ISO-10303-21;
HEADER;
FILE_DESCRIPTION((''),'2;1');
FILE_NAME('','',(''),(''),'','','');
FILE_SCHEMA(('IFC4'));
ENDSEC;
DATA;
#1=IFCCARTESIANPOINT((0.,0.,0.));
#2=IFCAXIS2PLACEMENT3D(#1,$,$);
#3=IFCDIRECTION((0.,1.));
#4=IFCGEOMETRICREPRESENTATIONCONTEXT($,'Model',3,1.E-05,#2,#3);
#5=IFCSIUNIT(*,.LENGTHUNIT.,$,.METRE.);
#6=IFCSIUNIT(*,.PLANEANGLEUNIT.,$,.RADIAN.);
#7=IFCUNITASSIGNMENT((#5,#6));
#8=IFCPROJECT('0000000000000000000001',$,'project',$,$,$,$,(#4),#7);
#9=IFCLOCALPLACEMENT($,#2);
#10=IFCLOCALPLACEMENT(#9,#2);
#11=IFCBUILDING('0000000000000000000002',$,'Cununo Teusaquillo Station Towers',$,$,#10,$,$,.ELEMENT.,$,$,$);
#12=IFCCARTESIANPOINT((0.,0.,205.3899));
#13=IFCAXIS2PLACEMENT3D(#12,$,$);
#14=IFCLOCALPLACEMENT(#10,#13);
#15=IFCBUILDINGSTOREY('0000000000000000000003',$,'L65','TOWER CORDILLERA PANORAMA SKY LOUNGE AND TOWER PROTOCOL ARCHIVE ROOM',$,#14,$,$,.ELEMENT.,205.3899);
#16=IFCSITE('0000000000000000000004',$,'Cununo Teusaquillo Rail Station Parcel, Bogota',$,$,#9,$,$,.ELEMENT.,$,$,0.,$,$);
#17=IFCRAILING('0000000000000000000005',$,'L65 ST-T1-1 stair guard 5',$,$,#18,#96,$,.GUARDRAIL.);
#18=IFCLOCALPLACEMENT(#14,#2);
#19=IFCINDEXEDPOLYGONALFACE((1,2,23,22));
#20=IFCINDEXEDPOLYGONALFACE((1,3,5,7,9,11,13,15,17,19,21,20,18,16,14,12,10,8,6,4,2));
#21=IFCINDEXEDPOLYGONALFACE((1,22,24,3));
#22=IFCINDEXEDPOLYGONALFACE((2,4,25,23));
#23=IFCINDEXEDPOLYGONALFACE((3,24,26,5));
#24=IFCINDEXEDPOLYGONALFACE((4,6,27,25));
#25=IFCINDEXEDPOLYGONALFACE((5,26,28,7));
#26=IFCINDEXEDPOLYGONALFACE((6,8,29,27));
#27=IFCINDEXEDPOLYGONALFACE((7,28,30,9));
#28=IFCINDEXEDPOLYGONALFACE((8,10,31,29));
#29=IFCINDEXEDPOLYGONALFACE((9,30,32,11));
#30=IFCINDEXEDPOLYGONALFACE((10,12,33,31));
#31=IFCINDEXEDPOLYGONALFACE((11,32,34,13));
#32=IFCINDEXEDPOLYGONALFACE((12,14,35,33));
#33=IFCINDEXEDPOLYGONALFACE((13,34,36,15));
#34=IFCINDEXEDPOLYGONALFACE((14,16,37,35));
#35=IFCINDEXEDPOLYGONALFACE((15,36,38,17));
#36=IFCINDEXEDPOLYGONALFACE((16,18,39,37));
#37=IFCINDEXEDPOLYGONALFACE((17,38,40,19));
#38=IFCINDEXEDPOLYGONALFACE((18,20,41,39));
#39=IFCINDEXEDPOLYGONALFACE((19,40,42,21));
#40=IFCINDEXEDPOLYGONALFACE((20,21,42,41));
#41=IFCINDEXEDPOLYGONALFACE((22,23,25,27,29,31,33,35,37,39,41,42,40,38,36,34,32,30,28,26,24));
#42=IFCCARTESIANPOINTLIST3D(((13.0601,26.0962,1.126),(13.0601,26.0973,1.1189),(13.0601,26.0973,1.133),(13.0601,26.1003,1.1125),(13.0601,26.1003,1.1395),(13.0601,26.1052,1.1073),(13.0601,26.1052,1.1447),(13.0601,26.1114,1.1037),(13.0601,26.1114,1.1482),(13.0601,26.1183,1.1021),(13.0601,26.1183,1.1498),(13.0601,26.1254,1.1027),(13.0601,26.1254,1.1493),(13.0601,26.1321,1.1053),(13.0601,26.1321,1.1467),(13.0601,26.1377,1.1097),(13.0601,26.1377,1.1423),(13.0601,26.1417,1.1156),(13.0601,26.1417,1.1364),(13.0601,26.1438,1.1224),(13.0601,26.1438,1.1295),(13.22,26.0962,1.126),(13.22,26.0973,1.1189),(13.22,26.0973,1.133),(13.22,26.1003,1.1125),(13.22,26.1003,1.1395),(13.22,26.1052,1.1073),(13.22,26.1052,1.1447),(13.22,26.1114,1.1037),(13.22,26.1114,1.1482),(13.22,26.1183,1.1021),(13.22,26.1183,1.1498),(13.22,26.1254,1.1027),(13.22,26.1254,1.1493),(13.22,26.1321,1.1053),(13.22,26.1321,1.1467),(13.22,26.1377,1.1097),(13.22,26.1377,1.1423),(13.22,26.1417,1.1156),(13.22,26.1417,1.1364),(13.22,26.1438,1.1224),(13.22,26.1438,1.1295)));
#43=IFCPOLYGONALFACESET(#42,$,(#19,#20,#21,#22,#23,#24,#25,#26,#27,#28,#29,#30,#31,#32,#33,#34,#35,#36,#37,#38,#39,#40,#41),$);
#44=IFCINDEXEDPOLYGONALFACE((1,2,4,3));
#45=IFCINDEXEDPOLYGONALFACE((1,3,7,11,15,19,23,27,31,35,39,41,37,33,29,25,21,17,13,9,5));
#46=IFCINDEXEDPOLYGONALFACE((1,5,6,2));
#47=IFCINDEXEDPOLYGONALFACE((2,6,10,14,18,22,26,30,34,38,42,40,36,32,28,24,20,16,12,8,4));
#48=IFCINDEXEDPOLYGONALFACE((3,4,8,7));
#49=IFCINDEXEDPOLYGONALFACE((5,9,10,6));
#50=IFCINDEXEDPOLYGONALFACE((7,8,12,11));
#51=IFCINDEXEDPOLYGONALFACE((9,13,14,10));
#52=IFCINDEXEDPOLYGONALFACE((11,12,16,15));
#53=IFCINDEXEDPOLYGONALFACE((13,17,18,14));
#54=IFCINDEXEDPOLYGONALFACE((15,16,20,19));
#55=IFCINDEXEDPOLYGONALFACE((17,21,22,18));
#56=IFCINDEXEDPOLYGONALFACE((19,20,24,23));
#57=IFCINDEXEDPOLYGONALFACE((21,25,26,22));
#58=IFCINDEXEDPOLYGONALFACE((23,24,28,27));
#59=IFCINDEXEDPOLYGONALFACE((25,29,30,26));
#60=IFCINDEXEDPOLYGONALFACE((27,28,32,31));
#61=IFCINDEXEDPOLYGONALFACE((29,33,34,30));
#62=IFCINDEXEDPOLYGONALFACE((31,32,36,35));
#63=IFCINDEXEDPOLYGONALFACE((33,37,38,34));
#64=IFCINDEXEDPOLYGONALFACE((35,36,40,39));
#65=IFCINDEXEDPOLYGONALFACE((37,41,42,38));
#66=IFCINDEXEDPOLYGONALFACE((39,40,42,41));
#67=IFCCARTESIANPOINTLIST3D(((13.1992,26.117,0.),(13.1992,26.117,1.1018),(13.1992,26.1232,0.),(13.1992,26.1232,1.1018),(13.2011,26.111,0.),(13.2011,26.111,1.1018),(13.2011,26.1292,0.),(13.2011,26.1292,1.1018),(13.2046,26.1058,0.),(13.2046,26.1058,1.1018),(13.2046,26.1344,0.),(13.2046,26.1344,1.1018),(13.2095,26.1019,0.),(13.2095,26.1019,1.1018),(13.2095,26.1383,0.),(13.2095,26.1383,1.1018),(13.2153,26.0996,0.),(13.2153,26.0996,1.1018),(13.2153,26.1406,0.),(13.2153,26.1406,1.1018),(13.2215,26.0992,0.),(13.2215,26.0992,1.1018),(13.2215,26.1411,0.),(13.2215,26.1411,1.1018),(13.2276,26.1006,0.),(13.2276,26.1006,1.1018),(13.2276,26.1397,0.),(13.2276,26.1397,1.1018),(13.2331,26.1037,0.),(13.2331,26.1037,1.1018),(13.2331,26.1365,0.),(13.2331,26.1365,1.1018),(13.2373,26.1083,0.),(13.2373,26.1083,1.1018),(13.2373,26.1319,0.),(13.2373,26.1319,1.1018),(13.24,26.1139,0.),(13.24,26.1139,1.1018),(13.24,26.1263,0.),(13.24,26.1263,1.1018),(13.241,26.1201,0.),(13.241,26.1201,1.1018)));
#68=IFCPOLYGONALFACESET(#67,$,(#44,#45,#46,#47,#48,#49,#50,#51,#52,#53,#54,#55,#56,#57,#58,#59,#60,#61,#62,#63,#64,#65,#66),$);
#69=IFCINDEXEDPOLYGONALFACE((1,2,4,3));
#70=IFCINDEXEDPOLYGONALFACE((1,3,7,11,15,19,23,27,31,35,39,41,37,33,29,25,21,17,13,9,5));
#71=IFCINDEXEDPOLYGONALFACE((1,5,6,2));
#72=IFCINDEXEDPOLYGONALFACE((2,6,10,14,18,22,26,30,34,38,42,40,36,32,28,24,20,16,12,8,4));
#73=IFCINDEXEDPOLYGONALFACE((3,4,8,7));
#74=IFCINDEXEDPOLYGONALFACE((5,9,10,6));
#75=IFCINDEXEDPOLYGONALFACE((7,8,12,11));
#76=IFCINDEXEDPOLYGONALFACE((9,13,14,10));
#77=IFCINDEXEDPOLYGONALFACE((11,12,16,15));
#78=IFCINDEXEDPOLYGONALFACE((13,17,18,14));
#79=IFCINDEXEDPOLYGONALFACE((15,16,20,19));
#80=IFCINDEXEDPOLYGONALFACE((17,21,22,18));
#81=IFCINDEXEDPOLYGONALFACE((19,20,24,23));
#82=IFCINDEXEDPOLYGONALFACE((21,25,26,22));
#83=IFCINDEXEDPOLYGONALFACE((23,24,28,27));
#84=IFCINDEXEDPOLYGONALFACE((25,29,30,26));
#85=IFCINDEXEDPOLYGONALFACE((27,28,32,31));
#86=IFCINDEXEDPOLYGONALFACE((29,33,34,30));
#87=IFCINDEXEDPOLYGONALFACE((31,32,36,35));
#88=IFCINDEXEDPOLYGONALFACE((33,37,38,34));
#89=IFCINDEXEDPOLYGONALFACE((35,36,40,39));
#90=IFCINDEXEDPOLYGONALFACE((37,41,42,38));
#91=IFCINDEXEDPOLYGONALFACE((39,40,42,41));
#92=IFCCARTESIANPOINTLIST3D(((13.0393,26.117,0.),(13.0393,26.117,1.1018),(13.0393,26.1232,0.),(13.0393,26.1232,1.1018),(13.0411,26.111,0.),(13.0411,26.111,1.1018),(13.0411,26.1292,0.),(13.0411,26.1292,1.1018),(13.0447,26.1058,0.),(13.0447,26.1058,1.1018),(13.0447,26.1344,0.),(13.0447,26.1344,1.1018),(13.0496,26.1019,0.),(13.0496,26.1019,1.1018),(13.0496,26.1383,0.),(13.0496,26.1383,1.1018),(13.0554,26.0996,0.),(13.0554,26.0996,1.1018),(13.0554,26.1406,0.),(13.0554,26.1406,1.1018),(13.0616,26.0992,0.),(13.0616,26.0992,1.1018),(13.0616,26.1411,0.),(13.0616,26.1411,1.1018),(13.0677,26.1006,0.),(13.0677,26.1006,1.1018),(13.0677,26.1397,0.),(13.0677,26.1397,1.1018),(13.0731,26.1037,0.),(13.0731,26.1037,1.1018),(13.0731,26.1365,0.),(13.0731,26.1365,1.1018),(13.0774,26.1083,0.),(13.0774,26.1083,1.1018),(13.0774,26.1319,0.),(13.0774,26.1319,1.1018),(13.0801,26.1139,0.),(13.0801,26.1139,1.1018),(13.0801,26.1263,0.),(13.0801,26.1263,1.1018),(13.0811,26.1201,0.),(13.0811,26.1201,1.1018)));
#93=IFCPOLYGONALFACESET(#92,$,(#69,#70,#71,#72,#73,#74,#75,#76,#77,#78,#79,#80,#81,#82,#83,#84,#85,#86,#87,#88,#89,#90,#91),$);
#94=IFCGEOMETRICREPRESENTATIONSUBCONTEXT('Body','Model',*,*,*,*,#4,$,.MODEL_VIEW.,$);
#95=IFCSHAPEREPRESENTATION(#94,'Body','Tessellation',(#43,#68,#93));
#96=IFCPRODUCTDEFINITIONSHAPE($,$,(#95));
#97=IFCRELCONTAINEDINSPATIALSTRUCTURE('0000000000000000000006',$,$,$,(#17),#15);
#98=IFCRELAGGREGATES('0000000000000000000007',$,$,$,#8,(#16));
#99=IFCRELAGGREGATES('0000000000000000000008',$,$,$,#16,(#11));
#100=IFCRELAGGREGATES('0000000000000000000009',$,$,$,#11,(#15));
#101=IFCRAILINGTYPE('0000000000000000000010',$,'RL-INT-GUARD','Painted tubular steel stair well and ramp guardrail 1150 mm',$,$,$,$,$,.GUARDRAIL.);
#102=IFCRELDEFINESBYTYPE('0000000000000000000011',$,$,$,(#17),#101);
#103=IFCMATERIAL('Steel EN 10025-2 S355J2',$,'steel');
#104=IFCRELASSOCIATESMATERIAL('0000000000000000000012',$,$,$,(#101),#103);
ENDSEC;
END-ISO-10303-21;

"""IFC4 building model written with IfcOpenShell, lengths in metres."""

from ifc_helpers import new_model, si_unit, direction, frame, origin, origin_2d, place, context, subcontext, project, spatial, circle, extrude, material, type_object, element, save


model = new_model("IFC4")

# Units and contexts
model_context = context("Model", 3, precision=1e-05, world=origin(), true_north=direction((0.0, 1.0)))
body_context = subcontext(model_context, "Body", "Model", "MODEL_VIEW")
ifc_project = project(units=[si_unit("LENGTHUNIT", "METRE"), si_unit("PLANEANGLEUNIT", "RADIAN")], contexts=[model_context])

# Site, building, storey
site_placement = place(None, origin())
site = spatial("IfcSite", under=ifc_project, at=site_placement, Name="Cununo Teusaquillo Rail Station Parcel, Bogota", CompositionType="ELEMENT", RefElevation=0.0)
building_placement = place(site_placement, origin())
building = spatial("IfcBuilding", under=site, at=building_placement, Name="Cununo Teusaquillo Station Towers", CompositionType="ELEMENT")
storey_placement = place(building_placement, frame((0.0, 0.0, 205.3899)))
storey = spatial("IfcBuildingStorey", under=building, at=storey_placement, Name="L65", Description="TOWER CORDILLERA PANORAMA SKY LOUNGE AND TOWER PROTOCOL ARCHIVE ROOM", CompositionType="ELEMENT", Elevation=205.3899)

# Railing
ifc_material_1 = material(Name="Steel EN 10025-2 S355J2", Category="steel")
railing_type_1 = type_object("IfcRailingType", Name="RL-INT-GUARD", Description="Painted tubular steel stair well and ramp guardrail 1150 mm", PredefinedType="GUARDRAIL", material=ifc_material_1)
railing_1_placement = place(storey_placement, frame((13.22, 26.1201, 0.0)))
element("IfcRailing", 1, at=railing_1_placement, inside=storey, type_object=railing_type_1, Name="L65 ST-T1-1 stair guard 5", PredefinedType="GUARDRAIL", context=body_context, shape_type="SweptSolid", body=[
    extrude(circle(Radius=0.0239, at=origin_2d()), frame((0.0, 0.0, 1.126), z_axis=(-1.0, 0.0, 0.0), x_axis=(0.0, -1.0, 0.0)), (0.0, 0.0, 1.0), 0.1599),
    extrude(circle(Radius=0.021, at=origin_2d()), origin(), (0.0, 0.0, 1.0), 1.1018),
    extrude(circle(Radius=0.021, at=origin_2d()), frame((-0.1599, 0.0, 0.0)), (0.0, 0.0, 1.0), 1.1018),
])

save(model, "model.ifc")
